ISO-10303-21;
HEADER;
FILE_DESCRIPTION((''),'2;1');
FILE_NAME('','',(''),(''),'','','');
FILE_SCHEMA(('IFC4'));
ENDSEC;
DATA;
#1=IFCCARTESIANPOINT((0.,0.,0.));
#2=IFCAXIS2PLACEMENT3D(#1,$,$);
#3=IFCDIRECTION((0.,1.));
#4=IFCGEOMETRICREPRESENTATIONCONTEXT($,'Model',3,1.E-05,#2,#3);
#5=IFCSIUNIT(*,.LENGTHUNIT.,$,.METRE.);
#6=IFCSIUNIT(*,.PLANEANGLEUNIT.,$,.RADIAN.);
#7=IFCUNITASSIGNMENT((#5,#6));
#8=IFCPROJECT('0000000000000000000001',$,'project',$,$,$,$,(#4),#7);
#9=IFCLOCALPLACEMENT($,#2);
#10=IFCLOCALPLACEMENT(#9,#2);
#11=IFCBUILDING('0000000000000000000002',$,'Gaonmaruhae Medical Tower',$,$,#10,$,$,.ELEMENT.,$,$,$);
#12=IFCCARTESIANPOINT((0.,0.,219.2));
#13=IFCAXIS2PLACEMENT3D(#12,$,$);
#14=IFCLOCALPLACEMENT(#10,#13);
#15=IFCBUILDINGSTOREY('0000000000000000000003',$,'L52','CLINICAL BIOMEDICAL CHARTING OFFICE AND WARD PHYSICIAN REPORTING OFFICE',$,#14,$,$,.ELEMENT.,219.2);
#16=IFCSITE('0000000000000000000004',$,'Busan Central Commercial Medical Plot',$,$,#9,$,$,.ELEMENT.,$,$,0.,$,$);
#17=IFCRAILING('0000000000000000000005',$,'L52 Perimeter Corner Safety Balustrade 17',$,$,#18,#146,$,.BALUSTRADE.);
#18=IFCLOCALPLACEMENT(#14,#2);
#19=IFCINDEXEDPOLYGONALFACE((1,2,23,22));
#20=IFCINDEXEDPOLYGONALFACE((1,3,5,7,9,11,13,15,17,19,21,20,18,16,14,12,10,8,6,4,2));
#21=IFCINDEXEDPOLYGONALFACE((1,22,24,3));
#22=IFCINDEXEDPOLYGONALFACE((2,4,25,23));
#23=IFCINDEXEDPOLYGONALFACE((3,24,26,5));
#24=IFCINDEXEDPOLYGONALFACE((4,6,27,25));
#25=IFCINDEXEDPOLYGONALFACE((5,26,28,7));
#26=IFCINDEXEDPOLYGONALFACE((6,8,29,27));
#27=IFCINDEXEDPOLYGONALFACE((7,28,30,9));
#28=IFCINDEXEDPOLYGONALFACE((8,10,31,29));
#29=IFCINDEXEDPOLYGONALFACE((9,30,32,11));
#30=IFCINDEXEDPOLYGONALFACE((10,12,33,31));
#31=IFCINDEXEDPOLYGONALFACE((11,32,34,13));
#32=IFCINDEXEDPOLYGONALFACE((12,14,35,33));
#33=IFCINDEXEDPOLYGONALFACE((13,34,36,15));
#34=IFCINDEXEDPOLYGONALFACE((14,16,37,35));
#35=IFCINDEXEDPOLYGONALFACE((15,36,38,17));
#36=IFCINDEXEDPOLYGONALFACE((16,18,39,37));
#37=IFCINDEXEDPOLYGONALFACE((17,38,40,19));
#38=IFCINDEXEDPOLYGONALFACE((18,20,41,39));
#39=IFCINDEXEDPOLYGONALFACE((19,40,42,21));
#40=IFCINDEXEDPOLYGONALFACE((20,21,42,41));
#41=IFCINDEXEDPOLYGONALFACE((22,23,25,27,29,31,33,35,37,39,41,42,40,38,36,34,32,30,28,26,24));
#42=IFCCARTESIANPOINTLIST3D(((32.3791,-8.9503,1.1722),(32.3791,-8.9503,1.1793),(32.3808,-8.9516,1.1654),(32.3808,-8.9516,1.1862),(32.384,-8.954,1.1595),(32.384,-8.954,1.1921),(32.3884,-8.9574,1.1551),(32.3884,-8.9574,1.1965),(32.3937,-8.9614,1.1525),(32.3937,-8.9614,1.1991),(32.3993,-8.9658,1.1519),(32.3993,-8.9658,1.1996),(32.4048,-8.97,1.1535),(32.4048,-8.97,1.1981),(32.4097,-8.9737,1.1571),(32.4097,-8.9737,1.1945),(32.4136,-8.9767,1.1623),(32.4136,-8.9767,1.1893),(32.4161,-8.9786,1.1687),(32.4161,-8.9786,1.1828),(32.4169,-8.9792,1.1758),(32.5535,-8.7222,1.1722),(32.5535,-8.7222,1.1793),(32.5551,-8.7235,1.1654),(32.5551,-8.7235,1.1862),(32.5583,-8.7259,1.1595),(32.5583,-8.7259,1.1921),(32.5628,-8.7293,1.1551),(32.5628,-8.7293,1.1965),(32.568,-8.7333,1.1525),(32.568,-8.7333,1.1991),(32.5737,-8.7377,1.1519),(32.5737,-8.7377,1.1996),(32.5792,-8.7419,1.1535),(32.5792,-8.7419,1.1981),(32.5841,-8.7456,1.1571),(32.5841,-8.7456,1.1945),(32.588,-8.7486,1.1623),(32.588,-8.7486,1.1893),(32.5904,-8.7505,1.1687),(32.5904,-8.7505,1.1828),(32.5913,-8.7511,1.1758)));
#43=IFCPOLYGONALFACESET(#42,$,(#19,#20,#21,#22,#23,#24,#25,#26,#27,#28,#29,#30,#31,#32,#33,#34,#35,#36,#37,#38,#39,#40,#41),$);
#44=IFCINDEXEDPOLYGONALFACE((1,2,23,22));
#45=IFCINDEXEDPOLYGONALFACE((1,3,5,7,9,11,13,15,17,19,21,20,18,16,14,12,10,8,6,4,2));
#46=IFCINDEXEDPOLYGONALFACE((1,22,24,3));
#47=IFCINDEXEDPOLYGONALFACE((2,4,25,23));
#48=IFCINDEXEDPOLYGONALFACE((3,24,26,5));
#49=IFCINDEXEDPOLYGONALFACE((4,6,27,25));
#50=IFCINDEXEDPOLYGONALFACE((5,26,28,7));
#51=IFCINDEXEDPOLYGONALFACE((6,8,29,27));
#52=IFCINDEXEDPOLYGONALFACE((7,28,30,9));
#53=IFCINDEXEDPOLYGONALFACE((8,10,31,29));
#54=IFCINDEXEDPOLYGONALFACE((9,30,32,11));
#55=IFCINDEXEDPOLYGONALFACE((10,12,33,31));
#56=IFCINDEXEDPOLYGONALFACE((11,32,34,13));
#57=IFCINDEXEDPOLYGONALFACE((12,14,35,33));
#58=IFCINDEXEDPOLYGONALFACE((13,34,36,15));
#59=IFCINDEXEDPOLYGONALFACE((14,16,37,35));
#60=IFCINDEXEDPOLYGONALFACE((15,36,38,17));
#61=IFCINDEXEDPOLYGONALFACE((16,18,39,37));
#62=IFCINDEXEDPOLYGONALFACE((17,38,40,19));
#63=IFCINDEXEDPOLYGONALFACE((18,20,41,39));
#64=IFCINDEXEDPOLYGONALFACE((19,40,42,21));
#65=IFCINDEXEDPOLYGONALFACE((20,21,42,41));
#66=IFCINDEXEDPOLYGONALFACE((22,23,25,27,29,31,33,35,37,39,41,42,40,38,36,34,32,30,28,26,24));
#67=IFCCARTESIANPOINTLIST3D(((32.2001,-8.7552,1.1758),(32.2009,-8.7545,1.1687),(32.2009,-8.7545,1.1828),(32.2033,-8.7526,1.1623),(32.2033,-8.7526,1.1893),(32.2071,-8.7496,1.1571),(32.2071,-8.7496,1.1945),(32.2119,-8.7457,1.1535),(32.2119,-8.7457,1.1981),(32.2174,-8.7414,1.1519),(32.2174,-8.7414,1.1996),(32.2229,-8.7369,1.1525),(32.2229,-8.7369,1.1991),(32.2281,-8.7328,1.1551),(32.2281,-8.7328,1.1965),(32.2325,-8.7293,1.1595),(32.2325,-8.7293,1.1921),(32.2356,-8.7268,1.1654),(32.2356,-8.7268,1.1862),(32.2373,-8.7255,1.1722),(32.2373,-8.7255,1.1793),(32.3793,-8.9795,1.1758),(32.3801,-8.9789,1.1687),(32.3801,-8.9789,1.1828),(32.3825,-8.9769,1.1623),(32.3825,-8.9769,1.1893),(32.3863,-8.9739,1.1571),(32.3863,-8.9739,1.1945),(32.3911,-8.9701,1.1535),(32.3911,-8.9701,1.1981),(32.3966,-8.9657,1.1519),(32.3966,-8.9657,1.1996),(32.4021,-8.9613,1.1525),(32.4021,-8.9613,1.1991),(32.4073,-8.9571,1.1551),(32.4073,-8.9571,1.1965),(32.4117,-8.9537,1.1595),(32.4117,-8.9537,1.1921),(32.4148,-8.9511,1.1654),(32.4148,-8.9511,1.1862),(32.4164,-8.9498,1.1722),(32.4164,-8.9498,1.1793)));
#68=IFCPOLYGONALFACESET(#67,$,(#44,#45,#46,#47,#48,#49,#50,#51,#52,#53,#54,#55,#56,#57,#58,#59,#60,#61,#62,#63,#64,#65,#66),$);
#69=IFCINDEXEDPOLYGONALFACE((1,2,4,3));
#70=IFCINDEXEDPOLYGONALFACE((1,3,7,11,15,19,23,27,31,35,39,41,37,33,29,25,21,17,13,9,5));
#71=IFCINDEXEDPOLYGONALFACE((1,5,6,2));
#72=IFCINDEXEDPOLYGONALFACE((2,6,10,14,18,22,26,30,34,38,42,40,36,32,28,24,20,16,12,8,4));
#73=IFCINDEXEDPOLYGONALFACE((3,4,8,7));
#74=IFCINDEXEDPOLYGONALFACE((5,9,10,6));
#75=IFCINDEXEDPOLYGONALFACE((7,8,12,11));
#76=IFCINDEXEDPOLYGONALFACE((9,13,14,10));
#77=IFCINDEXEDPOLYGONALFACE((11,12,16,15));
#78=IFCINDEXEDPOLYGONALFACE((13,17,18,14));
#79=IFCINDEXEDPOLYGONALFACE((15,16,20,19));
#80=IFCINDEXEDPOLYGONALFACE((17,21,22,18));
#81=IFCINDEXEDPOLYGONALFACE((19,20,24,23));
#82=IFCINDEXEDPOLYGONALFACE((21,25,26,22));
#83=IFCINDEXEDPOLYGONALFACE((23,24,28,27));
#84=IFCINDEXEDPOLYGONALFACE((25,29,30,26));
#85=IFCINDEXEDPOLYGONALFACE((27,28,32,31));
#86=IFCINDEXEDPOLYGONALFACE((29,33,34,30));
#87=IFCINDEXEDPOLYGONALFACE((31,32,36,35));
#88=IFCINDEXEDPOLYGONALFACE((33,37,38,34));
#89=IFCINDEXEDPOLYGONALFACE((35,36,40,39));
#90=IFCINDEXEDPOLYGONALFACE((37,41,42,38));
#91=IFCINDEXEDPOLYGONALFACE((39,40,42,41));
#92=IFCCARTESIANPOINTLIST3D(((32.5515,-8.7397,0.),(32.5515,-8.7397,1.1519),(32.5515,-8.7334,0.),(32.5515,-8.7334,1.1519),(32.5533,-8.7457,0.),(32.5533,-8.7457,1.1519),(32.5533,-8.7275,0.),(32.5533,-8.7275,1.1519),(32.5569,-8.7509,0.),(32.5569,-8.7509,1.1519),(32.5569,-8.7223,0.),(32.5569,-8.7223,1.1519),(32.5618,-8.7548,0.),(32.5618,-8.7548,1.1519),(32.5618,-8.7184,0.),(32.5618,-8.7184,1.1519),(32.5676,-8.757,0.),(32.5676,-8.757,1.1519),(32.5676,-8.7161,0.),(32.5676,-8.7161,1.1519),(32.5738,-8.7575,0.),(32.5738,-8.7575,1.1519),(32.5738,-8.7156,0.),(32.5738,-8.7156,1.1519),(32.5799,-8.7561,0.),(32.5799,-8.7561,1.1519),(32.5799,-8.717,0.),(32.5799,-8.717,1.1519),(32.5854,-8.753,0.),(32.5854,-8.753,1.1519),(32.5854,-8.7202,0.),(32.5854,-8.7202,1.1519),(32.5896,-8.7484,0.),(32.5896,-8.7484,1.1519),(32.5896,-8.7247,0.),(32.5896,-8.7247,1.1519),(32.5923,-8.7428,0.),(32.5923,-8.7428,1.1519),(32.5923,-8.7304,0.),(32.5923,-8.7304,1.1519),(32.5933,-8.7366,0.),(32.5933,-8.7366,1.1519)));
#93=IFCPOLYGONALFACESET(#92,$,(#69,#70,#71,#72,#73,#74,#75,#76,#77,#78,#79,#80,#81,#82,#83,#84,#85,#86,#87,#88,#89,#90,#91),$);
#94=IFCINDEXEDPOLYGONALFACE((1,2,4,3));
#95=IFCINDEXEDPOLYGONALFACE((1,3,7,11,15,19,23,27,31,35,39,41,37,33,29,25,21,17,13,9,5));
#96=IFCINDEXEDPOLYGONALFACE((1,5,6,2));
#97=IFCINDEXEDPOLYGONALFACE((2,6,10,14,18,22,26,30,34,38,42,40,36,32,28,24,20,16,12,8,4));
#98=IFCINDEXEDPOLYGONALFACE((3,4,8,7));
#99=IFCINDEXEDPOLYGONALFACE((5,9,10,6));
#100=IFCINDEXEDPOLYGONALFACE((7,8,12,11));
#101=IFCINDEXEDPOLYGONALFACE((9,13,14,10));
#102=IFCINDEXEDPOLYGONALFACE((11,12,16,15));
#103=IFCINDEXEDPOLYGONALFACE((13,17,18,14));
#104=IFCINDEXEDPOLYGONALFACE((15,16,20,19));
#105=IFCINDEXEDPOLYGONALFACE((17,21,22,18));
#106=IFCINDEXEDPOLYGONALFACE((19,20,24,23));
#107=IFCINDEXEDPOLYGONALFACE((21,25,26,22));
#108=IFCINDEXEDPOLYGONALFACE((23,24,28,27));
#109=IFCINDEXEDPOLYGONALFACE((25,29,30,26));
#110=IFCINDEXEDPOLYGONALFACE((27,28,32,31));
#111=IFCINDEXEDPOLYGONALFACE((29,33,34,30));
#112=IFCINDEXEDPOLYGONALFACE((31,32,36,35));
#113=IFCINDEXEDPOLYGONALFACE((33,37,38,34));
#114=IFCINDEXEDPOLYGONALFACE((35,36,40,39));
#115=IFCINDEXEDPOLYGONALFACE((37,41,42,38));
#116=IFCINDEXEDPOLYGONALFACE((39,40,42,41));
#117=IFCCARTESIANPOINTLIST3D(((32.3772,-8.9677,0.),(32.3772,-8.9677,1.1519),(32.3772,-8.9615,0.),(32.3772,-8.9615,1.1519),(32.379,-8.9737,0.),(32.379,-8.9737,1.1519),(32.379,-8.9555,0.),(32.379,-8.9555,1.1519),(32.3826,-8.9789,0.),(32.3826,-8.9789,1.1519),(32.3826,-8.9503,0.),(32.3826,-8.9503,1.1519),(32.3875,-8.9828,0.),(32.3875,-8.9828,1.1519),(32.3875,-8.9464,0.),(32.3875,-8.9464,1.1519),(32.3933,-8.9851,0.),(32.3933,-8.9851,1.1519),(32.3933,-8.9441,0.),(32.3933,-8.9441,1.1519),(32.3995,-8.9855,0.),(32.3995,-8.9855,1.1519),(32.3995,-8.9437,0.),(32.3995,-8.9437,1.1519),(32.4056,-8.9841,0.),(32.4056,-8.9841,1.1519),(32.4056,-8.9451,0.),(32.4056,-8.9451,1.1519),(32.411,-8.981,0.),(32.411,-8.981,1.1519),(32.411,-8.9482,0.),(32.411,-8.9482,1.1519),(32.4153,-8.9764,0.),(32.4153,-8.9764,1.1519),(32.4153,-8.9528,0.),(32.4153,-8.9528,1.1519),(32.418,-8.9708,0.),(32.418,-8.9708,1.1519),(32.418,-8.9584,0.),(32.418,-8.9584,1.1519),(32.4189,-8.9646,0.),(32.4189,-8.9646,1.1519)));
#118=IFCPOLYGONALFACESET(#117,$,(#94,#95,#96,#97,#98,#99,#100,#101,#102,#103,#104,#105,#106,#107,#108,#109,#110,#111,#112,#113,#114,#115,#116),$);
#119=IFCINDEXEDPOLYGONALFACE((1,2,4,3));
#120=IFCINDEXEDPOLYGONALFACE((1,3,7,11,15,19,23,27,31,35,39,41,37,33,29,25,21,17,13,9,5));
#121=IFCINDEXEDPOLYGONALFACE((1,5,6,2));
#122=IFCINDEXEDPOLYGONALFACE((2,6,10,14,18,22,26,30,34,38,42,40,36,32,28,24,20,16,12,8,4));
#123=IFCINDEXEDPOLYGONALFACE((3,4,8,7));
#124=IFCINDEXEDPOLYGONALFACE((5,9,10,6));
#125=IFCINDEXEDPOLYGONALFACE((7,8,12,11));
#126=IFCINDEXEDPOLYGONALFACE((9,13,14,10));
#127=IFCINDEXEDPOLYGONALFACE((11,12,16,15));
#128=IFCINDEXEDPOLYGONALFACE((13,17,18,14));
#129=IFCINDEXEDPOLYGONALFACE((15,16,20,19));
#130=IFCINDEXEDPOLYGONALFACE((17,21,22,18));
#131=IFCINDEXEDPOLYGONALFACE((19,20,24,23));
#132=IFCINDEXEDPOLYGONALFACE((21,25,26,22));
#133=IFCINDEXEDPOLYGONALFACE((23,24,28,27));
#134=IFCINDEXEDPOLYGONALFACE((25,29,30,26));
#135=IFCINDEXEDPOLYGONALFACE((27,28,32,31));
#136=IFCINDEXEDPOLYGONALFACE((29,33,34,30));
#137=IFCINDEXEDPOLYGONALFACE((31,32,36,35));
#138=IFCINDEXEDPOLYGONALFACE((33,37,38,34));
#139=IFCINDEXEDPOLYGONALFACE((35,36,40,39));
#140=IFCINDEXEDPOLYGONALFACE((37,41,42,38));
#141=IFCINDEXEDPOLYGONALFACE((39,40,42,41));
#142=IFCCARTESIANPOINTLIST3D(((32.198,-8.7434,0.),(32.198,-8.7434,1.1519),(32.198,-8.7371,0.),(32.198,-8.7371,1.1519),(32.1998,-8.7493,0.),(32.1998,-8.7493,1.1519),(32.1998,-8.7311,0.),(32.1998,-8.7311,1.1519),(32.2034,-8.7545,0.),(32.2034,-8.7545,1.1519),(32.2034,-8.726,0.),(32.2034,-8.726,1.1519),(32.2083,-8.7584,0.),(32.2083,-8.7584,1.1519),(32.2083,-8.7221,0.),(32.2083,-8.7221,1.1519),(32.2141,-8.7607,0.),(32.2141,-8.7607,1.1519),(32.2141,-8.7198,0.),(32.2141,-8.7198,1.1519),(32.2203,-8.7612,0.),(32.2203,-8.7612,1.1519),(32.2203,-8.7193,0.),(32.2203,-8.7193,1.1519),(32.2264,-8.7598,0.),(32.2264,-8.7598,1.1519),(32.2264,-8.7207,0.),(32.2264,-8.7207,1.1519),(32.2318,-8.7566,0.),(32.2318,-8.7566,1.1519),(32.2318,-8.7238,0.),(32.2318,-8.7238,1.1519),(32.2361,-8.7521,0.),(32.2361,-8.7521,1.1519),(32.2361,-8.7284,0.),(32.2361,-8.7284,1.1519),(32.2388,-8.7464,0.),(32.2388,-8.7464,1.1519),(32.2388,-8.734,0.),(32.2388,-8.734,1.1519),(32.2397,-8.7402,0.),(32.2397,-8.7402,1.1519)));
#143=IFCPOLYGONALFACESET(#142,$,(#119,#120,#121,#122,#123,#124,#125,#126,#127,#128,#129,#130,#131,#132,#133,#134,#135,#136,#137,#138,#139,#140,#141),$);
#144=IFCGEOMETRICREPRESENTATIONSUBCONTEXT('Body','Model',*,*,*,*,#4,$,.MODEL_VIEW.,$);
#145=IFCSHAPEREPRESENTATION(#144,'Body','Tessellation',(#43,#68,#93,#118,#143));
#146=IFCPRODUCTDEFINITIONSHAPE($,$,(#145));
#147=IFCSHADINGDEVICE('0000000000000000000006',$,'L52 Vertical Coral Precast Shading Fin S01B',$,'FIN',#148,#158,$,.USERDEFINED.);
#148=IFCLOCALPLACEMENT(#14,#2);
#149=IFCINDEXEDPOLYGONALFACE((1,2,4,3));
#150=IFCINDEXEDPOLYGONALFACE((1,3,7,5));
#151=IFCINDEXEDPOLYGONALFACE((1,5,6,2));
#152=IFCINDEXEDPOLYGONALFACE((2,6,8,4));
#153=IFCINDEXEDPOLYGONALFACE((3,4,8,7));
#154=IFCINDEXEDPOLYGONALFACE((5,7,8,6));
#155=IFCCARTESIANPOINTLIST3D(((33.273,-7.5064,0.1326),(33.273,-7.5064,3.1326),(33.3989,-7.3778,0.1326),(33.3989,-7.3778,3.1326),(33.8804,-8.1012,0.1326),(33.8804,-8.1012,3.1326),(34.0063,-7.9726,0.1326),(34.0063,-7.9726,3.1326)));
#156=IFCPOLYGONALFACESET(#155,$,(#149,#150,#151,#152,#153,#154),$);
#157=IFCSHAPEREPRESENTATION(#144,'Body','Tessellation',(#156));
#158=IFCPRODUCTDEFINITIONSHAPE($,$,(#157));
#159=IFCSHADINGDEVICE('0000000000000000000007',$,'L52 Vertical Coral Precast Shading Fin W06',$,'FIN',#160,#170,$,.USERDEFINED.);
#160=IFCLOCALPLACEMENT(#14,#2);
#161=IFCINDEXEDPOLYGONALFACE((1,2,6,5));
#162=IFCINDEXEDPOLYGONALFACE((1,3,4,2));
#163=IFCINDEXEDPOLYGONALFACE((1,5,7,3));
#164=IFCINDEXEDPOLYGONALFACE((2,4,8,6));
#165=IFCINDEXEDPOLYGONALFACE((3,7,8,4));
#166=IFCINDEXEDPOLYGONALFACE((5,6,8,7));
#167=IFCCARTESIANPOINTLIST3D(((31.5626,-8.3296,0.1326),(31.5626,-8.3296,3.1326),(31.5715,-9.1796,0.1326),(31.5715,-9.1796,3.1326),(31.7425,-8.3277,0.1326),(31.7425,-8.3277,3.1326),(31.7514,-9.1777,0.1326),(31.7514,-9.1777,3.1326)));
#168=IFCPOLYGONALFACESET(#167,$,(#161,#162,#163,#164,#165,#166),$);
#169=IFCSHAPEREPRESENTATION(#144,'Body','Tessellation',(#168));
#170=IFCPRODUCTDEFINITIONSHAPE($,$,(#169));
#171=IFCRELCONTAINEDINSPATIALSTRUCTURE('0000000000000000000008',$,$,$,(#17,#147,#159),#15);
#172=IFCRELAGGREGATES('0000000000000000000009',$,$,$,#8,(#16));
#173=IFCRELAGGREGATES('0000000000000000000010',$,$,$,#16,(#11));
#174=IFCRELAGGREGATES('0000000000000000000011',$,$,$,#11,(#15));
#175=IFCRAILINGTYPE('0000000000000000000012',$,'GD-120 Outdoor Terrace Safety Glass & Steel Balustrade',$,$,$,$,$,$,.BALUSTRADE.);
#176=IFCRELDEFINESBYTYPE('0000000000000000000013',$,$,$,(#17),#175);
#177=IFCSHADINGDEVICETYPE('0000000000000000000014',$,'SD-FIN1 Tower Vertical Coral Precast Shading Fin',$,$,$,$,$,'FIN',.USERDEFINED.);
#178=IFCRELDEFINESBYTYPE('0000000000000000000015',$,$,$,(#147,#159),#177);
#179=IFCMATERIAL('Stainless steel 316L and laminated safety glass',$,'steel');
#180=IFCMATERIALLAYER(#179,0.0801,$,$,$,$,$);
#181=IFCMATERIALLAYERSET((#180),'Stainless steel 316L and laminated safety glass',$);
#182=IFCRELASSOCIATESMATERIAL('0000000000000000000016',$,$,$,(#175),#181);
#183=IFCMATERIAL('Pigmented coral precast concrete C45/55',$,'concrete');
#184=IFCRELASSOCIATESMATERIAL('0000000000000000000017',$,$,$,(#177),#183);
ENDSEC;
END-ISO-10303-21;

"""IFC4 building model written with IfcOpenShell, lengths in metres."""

from ifc_helpers import new_model, si_unit, direction, frame, origin, origin_2d, place, context, subcontext, project, spatial, rectangle, circle, extrude, material, layer, layer_set, type_object, element, save


model = new_model("IFC4")

# Units and contexts
model_context = context("Model", 3, precision=1e-05, world=origin(), true_north=direction((0.0, 1.0)))
body_context = subcontext(model_context, "Body", "Model", "MODEL_VIEW")
ifc_project = project(units=[si_unit("LENGTHUNIT", "METRE"), si_unit("PLANEANGLEUNIT", "RADIAN")], contexts=[model_context])

# Site, building, storey
site_placement = place(None, origin())
site = spatial("IfcSite", under=ifc_project, at=site_placement, Name="Busan Central Commercial Medical Plot", CompositionType="ELEMENT", RefElevation=0.0)
building_placement = place(site_placement, origin())
building = spatial("IfcBuilding", under=site, at=building_placement, Name="Gaonmaruhae Medical Tower", CompositionType="ELEMENT")
storey_placement = place(building_placement, frame((0.0, 0.0, 219.2)))
storey = spatial("IfcBuildingStorey", under=building, at=storey_placement, Name="L52", Description="CLINICAL BIOMEDICAL CHARTING OFFICE AND WARD PHYSICIAN REPORTING OFFICE", CompositionType="ELEMENT", Elevation=219.2)

# Railing
ifc_material_1 = material(Name="Stainless steel 316L and laminated safety glass", Category="steel")
ifc_layer_1 = layer(ifc_material_1, 0.0801)
ifc_layer_set_1 = layer_set([ifc_layer_1], Name="Stainless steel 316L and laminated safety glass")
railing_type = type_object("IfcRailingType", Name="GD-120 Outdoor Terrace Safety Glass & Steel Balustrade", PredefinedType="BALUSTRADE", material=ifc_layer_set_1)
railing_1_placement = place(storey_placement, frame((32.5723, -8.7366, 0.0)))
element("IfcRailing", 1, at=railing_1_placement, inside=storey, type_object=railing_type, Name="L52 Perimeter Corner Safety Balustrade 17", PredefinedType="BALUSTRADE", context=body_context, shape_type="SweptSolid", body=[
    extrude(circle(Radius=0.0239, at=origin_2d()), frame((0.0, 0.0, 1.1758), z_axis=(-0.607324, -0.794454, 0.0), x_axis=(0.794454, -0.607324, 0.0)), (0.0, 0.0, 1.0), 0.2871),
    extrude(circle(Radius=0.0239, at=origin_2d()), frame((-0.1743, -0.228, 1.1758), z_axis=(-0.624073, 0.781366, 0.0), x_axis=(-0.781366, -0.624073, 0.0)), (0.0, 0.0, 1.0), 0.2871),
    extrude(circle(Radius=0.021, at=origin_2d()), origin(), (0.0, 0.0, 1.0), 1.1519),
    extrude(circle(Radius=0.021, at=origin_2d()), frame((-0.1743, -0.228, 0.0)), (0.0, 0.0, 1.0), 1.1519),
    extrude(circle(Radius=0.021, at=origin_2d()), frame((-0.3535, -0.0037, 0.0)), (0.0, 0.0, 1.0), 1.1519),
])

# Shading devices
ifc_material_2 = material(Name="Pigmented coral precast concrete C45/55", Category="concrete")
shading_device_type = type_object("IfcShadingDeviceType", Name="SD-FIN1 Tower Vertical Coral Precast Shading Fin", ElementType="FIN", PredefinedType="USERDEFINED", material=ifc_material_2)
for number, where, z_axis, x_axis, name in (
    (2, (33.6396, -7.7395, 0.1326), (0.0, 0.0, 1.0), (-0.699663, -0.714473, 0.0), "L52 Vertical Coral Precast Shading Fin S01B"),
    (3, (31.657, -8.7537, 0.1326), (0.0, 0.0, 1.0), (-0.999945, -0.010489, 0.0), "L52 Vertical Coral Precast Shading Fin W06"),
):
    element("IfcShadingDevice", number, at=place(storey_placement, frame(where, z_axis=z_axis, x_axis=x_axis)), inside=storey, type_object=shading_device_type, Name=name, ObjectType="FIN", PredefinedType="USERDEFINED", context=body_context, shape_type="SweptSolid", body=[
        extrude(rectangle(XDim=0.1799, YDim=0.8501, at=origin_2d()), origin(), (0.0, 0.0, 1.0), 3.0),
    ])

save(model, "model.ifc")
